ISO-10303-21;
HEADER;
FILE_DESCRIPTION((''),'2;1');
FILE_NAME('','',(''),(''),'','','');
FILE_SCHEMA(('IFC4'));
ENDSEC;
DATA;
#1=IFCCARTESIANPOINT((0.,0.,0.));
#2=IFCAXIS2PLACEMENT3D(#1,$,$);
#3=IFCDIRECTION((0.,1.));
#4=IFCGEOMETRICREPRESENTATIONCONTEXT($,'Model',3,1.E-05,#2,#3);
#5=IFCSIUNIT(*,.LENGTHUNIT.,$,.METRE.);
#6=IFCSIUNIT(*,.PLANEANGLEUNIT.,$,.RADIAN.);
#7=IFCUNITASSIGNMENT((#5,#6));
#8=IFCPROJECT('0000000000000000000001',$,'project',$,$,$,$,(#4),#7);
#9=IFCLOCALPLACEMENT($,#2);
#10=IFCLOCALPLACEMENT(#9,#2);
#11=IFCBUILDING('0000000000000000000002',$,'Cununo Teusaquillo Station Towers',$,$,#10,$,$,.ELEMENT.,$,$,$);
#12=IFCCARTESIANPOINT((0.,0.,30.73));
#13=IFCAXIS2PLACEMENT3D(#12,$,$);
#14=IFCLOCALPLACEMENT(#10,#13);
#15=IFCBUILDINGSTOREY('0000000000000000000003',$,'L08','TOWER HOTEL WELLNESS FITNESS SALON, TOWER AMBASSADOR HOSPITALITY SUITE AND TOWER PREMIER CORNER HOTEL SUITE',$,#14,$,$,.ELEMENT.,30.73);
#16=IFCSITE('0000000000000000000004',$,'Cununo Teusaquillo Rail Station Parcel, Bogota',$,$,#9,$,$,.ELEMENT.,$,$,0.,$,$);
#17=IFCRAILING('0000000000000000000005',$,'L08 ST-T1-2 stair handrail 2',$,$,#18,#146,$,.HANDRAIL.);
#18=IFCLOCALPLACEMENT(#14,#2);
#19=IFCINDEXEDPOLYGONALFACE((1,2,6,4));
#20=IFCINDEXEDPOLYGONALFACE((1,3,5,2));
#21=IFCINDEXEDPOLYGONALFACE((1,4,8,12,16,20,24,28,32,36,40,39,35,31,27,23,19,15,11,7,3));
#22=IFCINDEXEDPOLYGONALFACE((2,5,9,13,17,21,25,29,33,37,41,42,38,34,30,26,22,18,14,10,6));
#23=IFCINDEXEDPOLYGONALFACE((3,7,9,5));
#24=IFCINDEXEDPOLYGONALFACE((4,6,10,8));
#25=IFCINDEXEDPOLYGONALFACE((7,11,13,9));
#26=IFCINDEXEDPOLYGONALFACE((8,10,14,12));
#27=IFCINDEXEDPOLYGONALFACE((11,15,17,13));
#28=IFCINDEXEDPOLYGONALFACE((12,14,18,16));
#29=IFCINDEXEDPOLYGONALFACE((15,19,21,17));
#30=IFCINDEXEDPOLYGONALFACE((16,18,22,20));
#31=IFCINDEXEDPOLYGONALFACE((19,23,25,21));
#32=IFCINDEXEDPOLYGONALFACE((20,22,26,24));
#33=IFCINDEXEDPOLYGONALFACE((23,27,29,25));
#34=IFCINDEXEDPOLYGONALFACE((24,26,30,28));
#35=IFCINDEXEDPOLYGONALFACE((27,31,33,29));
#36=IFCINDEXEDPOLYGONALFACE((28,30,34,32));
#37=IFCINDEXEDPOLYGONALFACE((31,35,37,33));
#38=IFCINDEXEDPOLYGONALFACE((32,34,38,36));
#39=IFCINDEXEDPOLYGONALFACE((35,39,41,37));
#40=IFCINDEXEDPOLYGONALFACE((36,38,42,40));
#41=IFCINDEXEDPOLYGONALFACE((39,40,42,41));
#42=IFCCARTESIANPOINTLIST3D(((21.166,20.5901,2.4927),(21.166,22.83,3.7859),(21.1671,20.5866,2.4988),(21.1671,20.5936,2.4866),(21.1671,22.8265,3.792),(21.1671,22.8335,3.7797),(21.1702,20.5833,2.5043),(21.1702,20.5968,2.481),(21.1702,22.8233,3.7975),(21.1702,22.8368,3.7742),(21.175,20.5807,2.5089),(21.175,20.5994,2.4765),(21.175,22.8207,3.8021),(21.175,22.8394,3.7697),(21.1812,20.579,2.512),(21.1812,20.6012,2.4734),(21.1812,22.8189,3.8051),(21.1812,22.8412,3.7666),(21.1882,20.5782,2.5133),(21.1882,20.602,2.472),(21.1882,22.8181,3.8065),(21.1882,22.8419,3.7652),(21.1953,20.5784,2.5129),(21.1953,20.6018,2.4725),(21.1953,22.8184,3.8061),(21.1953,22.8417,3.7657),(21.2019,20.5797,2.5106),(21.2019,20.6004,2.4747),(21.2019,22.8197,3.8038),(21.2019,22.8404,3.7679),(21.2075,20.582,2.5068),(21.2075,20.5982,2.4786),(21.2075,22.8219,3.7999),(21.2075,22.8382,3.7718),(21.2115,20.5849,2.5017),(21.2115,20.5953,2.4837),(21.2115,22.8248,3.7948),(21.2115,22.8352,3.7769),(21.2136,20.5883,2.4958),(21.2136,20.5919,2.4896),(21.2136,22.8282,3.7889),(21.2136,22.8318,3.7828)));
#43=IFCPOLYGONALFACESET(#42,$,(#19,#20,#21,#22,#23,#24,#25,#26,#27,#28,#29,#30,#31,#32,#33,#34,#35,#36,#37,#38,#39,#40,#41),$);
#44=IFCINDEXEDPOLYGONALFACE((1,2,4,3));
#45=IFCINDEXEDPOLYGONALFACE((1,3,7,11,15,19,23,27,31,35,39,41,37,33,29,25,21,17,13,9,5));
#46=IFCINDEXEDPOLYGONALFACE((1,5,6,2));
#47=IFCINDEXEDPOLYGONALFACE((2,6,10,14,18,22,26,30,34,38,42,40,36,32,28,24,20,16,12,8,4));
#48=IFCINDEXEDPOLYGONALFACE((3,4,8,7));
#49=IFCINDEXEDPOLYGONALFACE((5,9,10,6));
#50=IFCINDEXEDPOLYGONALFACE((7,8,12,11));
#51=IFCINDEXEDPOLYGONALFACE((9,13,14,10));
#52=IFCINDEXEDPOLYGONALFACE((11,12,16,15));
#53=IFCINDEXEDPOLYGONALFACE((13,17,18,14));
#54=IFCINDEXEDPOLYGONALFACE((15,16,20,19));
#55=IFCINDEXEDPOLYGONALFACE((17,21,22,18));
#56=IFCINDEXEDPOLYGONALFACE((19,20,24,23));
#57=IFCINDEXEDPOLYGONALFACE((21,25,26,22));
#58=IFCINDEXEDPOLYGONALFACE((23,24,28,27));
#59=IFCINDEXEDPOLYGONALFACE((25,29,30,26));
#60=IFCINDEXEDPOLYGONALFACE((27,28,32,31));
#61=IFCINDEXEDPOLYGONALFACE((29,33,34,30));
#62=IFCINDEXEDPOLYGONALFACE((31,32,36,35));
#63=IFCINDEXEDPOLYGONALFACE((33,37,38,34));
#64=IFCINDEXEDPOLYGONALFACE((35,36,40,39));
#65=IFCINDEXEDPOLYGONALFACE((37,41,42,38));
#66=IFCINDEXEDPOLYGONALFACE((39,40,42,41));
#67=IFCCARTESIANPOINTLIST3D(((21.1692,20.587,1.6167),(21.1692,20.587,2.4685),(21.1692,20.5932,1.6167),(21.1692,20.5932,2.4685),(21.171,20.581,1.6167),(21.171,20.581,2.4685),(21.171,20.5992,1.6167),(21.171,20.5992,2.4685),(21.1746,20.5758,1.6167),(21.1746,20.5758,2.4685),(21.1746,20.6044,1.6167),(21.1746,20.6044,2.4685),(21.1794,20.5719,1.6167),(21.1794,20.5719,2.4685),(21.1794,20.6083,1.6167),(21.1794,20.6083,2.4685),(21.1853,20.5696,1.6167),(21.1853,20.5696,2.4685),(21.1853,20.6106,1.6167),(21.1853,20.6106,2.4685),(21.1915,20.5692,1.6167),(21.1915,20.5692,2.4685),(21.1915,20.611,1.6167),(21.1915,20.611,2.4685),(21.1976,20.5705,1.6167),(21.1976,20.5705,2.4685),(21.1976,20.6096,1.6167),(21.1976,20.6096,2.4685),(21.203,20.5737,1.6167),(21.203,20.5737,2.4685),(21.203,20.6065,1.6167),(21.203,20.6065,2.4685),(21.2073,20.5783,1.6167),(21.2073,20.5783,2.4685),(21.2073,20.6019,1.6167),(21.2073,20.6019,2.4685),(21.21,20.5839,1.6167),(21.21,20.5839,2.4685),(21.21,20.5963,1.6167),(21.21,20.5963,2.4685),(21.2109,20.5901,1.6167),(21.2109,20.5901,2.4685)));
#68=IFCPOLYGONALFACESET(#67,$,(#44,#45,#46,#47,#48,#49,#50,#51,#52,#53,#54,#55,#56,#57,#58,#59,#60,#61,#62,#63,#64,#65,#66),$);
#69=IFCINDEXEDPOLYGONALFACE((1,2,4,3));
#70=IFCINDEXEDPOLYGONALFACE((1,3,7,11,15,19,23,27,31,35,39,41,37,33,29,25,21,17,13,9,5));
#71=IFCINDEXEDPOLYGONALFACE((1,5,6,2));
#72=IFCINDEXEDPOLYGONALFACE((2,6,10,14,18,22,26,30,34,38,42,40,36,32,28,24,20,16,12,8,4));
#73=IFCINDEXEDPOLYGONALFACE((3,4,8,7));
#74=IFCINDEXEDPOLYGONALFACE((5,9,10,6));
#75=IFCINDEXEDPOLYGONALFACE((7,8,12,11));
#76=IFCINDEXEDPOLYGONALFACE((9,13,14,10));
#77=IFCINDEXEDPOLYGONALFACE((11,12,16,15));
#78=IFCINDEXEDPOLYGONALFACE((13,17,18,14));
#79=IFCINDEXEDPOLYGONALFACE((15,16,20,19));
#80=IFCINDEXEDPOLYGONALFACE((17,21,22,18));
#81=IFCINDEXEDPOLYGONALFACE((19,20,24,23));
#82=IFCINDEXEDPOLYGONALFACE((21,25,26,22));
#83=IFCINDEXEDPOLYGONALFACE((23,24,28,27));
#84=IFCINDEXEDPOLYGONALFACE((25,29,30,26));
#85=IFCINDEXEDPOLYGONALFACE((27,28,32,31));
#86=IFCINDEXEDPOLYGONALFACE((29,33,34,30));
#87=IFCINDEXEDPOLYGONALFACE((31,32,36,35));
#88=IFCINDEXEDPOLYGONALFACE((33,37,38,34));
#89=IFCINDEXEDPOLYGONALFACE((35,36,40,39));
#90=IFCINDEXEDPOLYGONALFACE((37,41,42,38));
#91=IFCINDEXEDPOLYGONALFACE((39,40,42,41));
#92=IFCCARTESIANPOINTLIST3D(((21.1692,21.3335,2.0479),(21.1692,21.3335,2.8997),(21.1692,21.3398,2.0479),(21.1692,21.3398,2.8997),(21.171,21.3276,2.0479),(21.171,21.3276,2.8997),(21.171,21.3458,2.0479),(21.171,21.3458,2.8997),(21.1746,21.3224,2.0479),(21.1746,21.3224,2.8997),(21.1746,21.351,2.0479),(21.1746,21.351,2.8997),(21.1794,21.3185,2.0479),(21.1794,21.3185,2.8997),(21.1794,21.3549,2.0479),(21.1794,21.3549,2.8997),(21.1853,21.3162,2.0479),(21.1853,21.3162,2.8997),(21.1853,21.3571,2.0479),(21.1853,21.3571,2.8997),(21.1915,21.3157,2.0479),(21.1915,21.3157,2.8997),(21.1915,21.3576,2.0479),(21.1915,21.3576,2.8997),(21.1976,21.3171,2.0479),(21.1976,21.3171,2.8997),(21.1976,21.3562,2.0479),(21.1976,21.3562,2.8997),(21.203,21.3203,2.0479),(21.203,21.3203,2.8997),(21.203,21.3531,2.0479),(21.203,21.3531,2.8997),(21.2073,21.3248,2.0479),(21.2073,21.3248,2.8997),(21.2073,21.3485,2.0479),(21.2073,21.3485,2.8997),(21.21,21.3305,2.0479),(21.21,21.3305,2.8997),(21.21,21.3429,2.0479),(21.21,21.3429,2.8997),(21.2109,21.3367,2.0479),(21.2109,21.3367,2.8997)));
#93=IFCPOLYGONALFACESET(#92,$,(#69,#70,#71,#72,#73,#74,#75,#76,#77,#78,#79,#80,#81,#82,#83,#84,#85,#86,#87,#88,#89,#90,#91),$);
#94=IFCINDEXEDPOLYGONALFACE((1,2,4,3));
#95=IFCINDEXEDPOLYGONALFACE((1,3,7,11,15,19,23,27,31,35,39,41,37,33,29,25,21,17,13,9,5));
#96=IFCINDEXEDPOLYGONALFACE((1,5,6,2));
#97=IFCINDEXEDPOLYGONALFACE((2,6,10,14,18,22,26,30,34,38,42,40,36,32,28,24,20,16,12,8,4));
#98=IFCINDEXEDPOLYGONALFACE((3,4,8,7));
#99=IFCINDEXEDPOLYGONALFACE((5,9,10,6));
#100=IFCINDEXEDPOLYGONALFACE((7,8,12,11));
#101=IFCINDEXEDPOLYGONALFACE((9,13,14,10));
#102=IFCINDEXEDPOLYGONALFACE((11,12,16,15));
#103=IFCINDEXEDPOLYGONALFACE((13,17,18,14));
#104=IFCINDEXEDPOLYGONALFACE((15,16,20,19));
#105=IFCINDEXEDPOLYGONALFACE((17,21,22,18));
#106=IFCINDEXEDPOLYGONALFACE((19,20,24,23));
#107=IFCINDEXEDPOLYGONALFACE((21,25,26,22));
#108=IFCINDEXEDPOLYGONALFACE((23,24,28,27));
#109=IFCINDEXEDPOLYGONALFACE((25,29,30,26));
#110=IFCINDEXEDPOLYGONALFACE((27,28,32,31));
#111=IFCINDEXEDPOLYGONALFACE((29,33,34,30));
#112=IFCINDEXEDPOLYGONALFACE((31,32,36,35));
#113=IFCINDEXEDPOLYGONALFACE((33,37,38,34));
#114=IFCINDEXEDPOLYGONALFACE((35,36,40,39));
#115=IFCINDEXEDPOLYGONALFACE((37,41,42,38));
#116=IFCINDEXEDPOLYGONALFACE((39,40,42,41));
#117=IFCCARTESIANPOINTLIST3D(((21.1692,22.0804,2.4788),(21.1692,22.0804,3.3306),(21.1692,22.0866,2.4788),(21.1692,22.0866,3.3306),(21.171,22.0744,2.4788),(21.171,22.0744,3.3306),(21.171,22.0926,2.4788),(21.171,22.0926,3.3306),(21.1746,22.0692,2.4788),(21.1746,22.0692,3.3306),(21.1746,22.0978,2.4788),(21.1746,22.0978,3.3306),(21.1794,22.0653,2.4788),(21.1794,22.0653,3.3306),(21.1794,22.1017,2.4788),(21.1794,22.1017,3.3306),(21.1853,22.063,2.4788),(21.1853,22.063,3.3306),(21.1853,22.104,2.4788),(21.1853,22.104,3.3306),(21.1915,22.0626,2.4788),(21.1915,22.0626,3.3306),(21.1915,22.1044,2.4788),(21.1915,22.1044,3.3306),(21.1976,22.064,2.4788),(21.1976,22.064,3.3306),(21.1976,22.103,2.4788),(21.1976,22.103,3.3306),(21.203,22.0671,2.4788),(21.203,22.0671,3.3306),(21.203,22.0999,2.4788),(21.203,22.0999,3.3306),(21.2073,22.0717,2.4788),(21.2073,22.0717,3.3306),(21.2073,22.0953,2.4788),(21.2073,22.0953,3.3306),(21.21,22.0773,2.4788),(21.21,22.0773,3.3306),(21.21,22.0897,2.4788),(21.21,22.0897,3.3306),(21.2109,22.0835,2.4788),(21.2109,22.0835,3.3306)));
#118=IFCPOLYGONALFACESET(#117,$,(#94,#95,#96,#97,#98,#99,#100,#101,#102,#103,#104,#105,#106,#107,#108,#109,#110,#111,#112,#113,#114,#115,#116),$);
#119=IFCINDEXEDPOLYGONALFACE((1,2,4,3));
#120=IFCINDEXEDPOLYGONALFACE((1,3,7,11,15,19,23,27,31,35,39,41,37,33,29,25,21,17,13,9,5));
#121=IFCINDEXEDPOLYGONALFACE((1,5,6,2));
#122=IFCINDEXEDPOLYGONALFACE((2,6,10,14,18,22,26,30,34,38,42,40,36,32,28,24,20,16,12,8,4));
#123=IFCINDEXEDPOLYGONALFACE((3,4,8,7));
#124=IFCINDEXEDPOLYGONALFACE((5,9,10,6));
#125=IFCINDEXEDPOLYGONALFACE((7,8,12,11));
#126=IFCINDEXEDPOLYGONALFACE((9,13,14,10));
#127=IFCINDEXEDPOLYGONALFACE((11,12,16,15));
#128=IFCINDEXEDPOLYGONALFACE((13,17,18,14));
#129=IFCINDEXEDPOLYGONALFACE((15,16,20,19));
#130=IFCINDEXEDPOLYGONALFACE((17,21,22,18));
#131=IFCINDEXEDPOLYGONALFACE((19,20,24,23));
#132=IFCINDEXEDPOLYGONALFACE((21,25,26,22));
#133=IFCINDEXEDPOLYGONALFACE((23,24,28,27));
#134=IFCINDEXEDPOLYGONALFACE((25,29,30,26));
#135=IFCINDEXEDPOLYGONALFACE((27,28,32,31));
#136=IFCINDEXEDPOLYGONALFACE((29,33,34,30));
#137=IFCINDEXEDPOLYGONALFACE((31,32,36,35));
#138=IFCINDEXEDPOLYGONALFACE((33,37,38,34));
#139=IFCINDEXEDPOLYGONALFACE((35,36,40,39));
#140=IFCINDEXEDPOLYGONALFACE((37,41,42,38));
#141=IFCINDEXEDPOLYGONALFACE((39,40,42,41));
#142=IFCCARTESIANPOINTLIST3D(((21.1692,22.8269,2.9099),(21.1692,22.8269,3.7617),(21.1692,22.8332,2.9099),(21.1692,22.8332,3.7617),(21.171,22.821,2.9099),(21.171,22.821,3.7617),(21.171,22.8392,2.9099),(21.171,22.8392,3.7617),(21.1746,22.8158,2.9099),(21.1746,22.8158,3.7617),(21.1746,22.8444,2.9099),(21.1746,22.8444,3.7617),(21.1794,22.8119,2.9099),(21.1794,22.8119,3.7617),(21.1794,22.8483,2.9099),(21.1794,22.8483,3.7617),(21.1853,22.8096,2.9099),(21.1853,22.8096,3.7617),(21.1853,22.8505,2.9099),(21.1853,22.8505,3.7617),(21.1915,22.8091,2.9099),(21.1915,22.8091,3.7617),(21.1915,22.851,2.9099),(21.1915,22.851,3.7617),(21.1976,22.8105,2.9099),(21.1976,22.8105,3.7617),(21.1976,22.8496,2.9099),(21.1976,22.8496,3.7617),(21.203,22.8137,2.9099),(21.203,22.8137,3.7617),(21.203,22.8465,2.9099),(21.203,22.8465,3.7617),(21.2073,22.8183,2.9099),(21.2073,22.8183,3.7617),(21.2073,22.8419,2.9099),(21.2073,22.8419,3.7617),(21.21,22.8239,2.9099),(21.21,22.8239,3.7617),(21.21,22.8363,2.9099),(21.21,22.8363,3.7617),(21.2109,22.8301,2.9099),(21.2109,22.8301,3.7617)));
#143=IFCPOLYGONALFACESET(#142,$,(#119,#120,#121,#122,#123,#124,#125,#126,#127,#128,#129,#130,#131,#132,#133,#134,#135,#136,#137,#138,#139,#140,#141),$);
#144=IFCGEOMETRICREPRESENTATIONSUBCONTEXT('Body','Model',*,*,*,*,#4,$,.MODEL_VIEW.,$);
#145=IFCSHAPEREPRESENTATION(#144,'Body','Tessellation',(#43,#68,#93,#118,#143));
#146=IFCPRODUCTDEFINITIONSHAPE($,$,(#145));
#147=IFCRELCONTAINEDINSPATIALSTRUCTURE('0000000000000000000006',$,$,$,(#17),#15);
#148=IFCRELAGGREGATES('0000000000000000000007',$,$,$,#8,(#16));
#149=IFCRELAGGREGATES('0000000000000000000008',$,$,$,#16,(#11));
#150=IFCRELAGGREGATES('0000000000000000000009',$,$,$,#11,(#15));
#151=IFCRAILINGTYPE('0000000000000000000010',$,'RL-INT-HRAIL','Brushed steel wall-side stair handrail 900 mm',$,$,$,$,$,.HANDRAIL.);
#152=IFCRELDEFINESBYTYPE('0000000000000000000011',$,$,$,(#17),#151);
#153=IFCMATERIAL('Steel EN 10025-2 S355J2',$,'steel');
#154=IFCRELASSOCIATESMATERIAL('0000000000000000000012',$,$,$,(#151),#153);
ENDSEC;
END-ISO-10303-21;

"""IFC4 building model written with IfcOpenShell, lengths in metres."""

from ifc_helpers import new_model, si_unit, direction, frame, origin, origin_2d, place, context, subcontext, project, spatial, circle, extrude, material, type_object, element, save


model = new_model("IFC4")

# Units and contexts
model_context = context("Model", 3, precision=1e-05, world=origin(), true_north=direction((0.0, 1.0)))
body_context = subcontext(model_context, "Body", "Model", "MODEL_VIEW")
ifc_project = project(units=[si_unit("LENGTHUNIT", "METRE"), si_unit("PLANEANGLEUNIT", "RADIAN")], contexts=[model_context])

# Site, building, storey
site_placement = place(None, origin())
site = spatial("IfcSite", under=ifc_project, at=site_placement, Name="Cununo Teusaquillo Rail Station Parcel, Bogota", CompositionType="ELEMENT", RefElevation=0.0)
building_placement = place(site_placement, origin())
building = spatial("IfcBuilding", under=site, at=building_placement, Name="Cununo Teusaquillo Station Towers", CompositionType="ELEMENT")
storey_placement = place(building_placement, frame((0.0, 0.0, 30.73)))
storey = spatial("IfcBuildingStorey", under=building, at=storey_placement, Name="L08", Description="TOWER HOTEL WELLNESS FITNESS SALON, TOWER AMBASSADOR HOSPITALITY SUITE AND TOWER PREMIER CORNER HOTEL SUITE", CompositionType="ELEMENT", Elevation=30.73)

# Railing
ifc_material_1 = material(Name="Steel EN 10025-2 S355J2", Category="steel")
railing_type_1 = type_object("IfcRailingType", Name="RL-INT-HRAIL", Description="Brushed steel wall-side stair handrail 900 mm", PredefinedType="HANDRAIL", material=ifc_material_1)
railing_1_placement = place(storey_placement, frame((21.1899, 20.5901, 1.6167)))
element("IfcRailing", 1, at=railing_1_placement, inside=storey, type_object=railing_type_1, Name="L08 ST-T1-2 stair handrail 2", PredefinedType="HANDRAIL", context=body_context, shape_type="SweptSolid", body=[
    extrude(circle(Radius=0.0239, at=origin_2d()), frame((0.0, 0.0, 0.876), z_axis=(0.0, 0.866033, 0.499987), x_axis=(-1.0, 0.0, 0.0)), (0.0, 0.0, 1.0), 2.5864),
    extrude(circle(Radius=0.021, at=origin_2d()), origin(), (0.0, 0.0, 1.0), 0.8518),
    extrude(circle(Radius=0.021, at=origin_2d()), frame((0.0, 0.7466, 0.4312)), (0.0, 0.0, 1.0), 0.8518),
    extrude(circle(Radius=0.021, at=origin_2d()), frame((0.0, 1.4934, 0.8621)), (0.0, 0.0, 1.0), 0.8518),
    extrude(circle(Radius=0.021, at=origin_2d()), frame((0.0, 2.24, 1.2932)), (0.0, 0.0, 1.0), 0.8518),
])

save(model, "model.ifc")
